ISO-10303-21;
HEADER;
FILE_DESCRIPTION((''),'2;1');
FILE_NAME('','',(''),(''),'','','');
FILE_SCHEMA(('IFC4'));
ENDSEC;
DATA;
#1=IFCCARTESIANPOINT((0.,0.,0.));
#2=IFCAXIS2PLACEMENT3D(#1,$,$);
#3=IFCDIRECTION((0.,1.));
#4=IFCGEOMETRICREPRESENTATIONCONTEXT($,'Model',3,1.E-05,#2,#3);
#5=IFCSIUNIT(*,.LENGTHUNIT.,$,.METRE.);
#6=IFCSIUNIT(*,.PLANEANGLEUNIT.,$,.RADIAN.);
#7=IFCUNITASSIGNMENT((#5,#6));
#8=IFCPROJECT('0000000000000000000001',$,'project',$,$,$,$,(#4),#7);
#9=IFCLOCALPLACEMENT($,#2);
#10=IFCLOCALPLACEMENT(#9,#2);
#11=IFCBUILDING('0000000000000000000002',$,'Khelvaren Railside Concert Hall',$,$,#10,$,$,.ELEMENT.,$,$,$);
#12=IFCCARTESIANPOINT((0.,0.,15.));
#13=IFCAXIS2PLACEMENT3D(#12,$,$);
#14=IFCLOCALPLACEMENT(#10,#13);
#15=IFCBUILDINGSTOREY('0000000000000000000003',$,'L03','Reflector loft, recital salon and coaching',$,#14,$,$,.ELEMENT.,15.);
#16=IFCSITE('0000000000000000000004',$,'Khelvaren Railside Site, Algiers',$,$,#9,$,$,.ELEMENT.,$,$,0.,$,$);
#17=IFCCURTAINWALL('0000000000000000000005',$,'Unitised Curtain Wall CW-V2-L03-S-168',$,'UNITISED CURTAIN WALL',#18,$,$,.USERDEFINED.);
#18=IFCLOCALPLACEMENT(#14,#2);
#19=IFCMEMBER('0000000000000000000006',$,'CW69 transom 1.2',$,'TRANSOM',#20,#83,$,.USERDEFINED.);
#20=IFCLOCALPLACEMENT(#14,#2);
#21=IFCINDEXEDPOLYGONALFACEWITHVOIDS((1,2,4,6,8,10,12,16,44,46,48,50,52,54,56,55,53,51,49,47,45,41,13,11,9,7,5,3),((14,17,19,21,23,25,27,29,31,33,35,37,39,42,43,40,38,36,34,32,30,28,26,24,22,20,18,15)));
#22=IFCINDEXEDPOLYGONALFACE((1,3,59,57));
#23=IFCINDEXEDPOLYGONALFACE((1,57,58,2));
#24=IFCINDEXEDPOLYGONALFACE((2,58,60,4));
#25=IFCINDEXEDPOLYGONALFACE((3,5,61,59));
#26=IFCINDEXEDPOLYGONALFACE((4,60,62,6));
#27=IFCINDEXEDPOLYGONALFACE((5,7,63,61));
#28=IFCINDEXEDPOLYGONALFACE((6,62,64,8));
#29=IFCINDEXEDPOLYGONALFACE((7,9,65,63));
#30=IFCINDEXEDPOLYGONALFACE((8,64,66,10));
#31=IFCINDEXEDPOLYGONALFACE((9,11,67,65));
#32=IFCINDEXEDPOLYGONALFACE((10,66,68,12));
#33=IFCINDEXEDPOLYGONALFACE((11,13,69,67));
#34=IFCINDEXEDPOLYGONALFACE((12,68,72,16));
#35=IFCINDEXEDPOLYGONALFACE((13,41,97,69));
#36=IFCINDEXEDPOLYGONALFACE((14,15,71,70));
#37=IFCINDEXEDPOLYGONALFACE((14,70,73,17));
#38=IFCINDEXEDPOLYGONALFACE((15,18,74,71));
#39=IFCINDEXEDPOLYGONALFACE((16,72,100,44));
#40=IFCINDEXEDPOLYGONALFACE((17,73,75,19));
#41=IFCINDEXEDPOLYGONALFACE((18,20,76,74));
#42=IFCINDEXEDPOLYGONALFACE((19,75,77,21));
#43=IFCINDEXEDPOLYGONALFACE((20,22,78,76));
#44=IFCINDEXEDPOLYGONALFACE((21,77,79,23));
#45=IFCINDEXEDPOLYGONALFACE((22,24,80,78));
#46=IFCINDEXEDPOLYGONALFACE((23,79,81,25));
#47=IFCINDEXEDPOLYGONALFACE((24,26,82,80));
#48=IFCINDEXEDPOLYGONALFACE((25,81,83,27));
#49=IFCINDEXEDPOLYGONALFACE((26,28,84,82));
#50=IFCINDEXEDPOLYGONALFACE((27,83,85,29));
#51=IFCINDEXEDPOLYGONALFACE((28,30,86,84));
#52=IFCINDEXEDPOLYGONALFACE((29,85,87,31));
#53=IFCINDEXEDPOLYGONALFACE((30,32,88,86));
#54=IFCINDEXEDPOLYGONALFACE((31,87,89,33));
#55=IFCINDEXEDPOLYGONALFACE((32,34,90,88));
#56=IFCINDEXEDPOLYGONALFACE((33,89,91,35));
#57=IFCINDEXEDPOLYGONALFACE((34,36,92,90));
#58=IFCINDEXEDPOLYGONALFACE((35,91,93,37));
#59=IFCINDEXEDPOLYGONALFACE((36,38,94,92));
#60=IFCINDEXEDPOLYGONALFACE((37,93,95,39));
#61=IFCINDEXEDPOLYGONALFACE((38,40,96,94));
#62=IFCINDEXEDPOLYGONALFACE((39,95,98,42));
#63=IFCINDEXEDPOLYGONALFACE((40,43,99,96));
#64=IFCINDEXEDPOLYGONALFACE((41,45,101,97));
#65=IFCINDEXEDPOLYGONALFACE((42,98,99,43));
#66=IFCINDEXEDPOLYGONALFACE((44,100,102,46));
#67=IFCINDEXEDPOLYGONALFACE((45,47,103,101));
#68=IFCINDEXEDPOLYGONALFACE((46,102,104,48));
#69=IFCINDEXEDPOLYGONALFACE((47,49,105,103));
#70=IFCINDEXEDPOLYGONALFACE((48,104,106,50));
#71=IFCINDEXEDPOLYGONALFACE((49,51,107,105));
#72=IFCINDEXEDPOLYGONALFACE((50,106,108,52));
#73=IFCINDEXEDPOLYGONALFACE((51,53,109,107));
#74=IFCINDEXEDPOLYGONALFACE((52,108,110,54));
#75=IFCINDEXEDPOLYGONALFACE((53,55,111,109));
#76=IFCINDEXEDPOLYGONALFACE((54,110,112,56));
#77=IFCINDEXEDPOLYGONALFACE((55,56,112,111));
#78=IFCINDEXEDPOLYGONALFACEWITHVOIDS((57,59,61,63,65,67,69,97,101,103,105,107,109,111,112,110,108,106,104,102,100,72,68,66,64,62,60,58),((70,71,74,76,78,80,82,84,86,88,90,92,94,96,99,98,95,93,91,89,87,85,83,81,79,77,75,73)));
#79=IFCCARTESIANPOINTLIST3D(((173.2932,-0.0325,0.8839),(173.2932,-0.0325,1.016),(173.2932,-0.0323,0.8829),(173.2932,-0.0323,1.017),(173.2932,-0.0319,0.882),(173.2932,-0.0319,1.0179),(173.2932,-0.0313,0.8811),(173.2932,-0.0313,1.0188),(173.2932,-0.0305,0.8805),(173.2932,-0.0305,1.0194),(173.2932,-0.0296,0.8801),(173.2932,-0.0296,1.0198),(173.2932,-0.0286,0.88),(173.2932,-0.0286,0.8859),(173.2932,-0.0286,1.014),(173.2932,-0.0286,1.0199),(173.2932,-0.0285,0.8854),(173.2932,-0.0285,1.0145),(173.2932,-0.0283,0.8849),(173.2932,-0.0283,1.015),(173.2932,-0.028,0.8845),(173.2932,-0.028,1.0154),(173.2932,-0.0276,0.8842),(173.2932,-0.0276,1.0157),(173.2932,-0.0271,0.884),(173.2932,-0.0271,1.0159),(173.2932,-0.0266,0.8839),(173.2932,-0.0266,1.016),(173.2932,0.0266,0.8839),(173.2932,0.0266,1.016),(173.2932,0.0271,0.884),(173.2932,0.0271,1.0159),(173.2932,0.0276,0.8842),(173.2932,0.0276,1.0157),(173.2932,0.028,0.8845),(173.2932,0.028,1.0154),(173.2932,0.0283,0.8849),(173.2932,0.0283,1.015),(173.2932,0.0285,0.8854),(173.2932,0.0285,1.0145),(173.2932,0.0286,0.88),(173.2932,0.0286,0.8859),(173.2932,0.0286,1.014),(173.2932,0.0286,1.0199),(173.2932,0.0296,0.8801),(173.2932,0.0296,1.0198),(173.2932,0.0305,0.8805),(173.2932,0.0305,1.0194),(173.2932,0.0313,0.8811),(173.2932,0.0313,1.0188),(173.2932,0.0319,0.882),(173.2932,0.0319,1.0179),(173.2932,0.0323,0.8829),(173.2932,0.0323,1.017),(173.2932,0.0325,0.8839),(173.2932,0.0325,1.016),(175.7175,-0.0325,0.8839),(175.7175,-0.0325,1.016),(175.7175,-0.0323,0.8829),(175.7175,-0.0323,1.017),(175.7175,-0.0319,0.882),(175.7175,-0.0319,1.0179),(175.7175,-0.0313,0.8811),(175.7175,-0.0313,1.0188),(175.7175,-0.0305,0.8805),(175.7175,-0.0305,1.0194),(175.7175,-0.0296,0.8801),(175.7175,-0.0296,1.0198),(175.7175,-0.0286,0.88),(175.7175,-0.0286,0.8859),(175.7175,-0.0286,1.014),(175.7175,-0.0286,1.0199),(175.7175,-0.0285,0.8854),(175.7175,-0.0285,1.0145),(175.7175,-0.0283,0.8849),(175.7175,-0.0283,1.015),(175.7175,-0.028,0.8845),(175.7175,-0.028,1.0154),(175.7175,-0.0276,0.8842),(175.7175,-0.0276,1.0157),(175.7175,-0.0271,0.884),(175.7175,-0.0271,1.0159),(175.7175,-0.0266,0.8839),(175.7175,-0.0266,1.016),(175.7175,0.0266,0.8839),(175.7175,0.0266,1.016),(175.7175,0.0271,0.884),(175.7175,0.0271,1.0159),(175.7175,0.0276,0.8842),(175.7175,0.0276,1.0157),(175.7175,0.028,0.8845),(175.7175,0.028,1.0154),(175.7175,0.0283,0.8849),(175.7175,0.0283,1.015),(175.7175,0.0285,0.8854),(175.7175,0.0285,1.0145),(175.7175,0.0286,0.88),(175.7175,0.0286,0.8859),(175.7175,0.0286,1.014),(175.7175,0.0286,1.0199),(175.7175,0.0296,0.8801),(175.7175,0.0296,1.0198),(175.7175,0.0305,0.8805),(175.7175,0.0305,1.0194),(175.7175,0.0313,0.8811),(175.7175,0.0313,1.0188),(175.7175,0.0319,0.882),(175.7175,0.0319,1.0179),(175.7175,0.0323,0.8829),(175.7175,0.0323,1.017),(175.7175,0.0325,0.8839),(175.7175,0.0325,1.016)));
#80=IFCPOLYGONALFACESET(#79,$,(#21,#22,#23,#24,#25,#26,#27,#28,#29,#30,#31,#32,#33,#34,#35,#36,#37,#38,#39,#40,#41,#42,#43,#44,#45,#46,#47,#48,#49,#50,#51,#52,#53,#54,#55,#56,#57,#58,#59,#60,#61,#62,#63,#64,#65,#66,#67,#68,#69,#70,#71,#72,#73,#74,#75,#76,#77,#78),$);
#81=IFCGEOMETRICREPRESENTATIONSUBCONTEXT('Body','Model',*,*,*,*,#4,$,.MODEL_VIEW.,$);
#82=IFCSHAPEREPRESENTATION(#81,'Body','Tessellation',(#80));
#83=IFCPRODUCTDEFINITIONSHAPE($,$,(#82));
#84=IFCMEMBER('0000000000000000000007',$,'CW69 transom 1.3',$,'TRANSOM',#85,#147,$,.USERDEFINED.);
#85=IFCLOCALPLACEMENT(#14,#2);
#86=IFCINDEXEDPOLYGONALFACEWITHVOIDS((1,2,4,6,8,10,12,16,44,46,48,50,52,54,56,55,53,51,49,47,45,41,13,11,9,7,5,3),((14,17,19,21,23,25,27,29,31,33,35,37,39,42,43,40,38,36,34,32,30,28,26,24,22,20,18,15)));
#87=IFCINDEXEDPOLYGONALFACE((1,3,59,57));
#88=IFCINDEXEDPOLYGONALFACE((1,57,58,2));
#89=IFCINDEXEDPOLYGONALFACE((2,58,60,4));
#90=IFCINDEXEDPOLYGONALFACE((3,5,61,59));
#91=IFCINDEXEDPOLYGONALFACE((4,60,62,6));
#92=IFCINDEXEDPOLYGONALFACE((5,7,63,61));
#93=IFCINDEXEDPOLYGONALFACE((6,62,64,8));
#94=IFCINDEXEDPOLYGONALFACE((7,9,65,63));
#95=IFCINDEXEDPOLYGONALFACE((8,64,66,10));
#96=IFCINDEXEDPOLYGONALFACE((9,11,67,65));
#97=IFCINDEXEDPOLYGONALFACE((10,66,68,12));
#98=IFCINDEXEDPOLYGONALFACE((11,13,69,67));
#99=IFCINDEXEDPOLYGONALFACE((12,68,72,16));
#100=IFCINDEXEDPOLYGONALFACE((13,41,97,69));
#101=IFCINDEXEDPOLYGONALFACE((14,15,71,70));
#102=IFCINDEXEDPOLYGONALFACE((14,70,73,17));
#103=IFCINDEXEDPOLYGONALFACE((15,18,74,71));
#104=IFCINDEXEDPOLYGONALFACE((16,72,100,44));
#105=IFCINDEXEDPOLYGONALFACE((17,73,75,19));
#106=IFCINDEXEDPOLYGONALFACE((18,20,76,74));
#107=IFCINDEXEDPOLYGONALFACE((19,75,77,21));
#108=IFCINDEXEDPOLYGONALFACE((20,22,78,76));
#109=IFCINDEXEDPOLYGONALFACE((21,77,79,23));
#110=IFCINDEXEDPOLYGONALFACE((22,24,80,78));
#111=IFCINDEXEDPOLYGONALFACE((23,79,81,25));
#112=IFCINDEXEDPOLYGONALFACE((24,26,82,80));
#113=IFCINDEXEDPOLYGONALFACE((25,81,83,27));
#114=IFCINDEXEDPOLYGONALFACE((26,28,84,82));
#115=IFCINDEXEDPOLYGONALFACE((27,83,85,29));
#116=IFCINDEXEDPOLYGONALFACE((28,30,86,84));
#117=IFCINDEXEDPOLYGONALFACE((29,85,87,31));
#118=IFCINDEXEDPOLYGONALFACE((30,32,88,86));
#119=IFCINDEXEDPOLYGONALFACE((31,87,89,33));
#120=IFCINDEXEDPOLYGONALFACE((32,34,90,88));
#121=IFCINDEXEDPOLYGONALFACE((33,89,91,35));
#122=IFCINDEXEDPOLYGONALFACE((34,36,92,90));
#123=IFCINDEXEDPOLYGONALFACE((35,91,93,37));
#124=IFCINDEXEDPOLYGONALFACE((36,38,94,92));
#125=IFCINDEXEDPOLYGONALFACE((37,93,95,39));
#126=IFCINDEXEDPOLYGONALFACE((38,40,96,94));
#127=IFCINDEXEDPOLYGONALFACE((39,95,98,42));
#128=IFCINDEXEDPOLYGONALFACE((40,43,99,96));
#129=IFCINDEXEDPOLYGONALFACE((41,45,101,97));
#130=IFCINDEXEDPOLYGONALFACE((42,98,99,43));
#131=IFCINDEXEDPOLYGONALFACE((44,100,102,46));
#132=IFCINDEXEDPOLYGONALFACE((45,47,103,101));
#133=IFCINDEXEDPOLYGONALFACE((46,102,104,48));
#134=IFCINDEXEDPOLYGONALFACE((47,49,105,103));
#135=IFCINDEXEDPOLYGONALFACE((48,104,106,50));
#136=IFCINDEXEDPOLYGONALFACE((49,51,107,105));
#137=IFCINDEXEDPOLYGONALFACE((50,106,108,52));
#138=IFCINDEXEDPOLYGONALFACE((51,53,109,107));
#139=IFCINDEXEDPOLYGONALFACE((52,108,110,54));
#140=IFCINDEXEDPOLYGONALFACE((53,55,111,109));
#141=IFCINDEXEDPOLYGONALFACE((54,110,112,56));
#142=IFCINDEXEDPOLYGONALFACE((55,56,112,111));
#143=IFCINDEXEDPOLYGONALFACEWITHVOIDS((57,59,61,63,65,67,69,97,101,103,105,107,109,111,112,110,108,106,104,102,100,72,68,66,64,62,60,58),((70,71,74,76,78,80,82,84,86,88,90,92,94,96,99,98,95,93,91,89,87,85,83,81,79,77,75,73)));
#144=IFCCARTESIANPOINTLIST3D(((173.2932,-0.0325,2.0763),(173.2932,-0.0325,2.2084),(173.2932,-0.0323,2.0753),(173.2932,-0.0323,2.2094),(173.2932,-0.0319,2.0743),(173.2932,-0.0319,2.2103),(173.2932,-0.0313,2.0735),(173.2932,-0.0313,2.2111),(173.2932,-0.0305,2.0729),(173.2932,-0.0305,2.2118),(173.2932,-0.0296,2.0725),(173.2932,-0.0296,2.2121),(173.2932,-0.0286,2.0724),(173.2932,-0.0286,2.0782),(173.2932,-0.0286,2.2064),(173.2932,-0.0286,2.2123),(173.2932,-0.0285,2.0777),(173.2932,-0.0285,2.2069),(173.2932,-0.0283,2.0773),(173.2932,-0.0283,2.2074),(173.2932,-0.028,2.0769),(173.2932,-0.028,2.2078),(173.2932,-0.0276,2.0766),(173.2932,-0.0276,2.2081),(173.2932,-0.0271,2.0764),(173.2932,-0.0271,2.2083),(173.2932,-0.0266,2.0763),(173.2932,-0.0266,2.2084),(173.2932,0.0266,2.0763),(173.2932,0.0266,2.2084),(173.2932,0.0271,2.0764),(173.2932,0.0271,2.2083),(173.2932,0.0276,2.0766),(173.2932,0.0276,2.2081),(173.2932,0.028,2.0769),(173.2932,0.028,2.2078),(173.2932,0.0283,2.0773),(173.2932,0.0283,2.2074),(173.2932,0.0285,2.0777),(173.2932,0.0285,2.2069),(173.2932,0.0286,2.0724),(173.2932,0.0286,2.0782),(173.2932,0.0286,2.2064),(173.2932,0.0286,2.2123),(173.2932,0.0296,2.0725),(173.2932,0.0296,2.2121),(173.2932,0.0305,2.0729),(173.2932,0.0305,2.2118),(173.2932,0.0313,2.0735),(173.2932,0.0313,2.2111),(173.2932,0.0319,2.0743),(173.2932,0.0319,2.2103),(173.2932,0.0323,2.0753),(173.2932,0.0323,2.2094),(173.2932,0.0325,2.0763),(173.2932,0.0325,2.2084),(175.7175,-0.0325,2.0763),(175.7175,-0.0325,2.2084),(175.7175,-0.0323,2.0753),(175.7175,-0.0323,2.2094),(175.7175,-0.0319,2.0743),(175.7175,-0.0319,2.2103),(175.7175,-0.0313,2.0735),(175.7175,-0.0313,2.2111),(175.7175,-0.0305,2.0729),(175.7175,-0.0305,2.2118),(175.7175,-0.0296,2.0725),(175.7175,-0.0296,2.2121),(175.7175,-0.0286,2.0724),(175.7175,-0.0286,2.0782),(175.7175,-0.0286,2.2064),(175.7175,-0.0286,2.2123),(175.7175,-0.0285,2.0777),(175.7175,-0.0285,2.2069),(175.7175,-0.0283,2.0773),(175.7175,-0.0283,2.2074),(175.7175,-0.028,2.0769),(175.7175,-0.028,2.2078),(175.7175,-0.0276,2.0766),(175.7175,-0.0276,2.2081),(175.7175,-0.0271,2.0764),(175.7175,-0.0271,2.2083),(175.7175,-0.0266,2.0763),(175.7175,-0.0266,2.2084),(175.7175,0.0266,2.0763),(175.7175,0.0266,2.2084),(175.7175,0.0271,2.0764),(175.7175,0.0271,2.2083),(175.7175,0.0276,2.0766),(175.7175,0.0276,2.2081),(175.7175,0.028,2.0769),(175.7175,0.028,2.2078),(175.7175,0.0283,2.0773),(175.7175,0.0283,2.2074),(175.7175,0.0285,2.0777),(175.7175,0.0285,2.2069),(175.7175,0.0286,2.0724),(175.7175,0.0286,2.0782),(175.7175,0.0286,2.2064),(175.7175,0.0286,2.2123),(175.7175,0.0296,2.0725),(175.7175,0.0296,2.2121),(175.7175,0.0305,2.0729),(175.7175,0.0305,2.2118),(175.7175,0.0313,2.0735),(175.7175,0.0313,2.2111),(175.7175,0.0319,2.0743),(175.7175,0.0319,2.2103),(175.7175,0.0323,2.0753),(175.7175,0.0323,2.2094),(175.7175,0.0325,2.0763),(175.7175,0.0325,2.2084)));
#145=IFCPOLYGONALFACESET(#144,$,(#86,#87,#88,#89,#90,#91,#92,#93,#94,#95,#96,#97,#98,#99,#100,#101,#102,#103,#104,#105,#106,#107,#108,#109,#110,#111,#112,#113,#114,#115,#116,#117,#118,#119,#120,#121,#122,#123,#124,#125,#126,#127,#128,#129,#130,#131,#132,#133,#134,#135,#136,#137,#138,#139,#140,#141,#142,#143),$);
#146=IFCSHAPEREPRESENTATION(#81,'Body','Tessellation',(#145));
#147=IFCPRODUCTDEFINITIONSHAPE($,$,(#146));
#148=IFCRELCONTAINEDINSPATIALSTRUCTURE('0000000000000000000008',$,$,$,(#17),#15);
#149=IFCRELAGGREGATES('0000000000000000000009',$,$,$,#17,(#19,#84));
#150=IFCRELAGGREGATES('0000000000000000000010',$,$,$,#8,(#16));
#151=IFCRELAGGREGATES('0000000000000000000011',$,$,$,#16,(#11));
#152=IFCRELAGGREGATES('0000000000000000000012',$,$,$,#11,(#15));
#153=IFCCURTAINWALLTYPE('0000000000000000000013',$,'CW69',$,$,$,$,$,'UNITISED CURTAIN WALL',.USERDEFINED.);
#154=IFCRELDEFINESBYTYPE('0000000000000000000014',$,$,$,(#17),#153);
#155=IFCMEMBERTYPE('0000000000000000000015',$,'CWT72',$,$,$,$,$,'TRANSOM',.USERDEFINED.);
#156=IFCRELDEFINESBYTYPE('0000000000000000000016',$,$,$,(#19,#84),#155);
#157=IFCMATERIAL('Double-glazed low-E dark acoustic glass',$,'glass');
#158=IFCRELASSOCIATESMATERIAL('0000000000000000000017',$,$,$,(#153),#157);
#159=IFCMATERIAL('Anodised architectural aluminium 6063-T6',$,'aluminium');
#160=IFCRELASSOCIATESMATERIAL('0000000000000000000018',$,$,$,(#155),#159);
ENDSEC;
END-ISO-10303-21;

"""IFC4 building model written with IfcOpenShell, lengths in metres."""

from ifc_helpers import new_model, si_unit, direction, frame, origin, origin_2d, place, context, subcontext, project, spatial, hollow_rectangle, extrude, material, material_profile, profile_set, type_object, element, aggregate, save


model = new_model("IFC4")

# Units and contexts
model_context = context("Model", 3, precision=1e-05, world=origin(), true_north=direction((0.0, 1.0)))
body_context = subcontext(model_context, "Body", "Model", "MODEL_VIEW")
ifc_project = project(units=[si_unit("LENGTHUNIT", "METRE"), si_unit("PLANEANGLEUNIT", "RADIAN")], contexts=[model_context])

# Site, building, storey
site_placement = place(None, origin())
site = spatial("IfcSite", under=ifc_project, at=site_placement, Name="Khelvaren Railside Site, Algiers", CompositionType="ELEMENT", RefElevation=0.0)
building_placement = place(site_placement, origin())
building = spatial("IfcBuilding", under=site, at=building_placement, Name="Khelvaren Railside Concert Hall", CompositionType="ELEMENT")
storey_placement = place(building_placement, frame((0.0, 0.0, 15.0)))
storey = spatial("IfcBuildingStorey", under=building, at=storey_placement, Name="L03", Description="Reflector loft, recital salon and coaching", CompositionType="ELEMENT", Elevation=15.0)

# Curtain wall
ifc_material_1 = material(Name="Double-glazed low-E dark acoustic glass", Category="glass")
curtain_wall_type_1 = type_object("IfcCurtainWallType", Name="CW69", ElementType="UNITISED CURTAIN WALL", PredefinedType="USERDEFINED", material=ifc_material_1)
curtain_wall_1_placement = place(storey_placement, origin())
curtain_wall_1 = element("IfcCurtainWall", 1, at=curtain_wall_1_placement, inside=storey, type_object=curtain_wall_type_1, Name="Unitised Curtain Wall CW-V2-L03-S-168", ObjectType="UNITISED CURTAIN WALL", PredefinedType="USERDEFINED")
ifc_material_2 = material(Name="Anodised architectural aluminium 6063-T6", Category="aluminium")

# Members
ifc_material_profile_1 = material_profile(ifc_material_2, hollow_rectangle(XDim=0.0649, YDim=0.1399, WallThickness=0.0039, InnerFilletRadius=0.002, OuterFilletRadius=0.0039, at=origin_2d()), Name="CWT 65x140x4")
ifc_profile_set_1 = profile_set([ifc_material_profile_1], Name="Anodised architectural aluminium 6063-T6")
member_type_1 = type_object("IfcMemberType", Name="CWT72", ElementType="TRANSOM", PredefinedType="USERDEFINED", material=ifc_profile_set_1)
member_1_placement = place(storey_placement, frame((175.7175, 0.0, 0.95), z_axis=(-1.0, 0.0, 0.0), x_axis=(0.0, -1.0, 0.0)))
member_1 = element("IfcMember", 2, at=member_1_placement, type_object=member_type_1, Name="CW69 transom 1.2", ObjectType="TRANSOM", PredefinedType="USERDEFINED", context=body_context, shape_type="SweptSolid", body=[
    extrude(hollow_rectangle(XDim=0.0649, YDim=0.1399, WallThickness=0.0039, InnerFilletRadius=0.002, OuterFilletRadius=0.0039, at=origin_2d()), origin(), (0.0, 0.0, 1.0), 2.4243),
])
member_2_placement = place(storey_placement, frame((175.7175, 0.0, 2.1423), z_axis=(-1.0, 0.0, 0.0), x_axis=(0.0, -1.0, 0.0)))
member_2 = element("IfcMember", 3, at=member_2_placement, type_object=member_type_1, Name="CW69 transom 1.3", ObjectType="TRANSOM", PredefinedType="USERDEFINED", context=body_context, shape_type="SweptSolid", body=[
    extrude(hollow_rectangle(XDim=0.0649, YDim=0.1399, WallThickness=0.0039, InnerFilletRadius=0.002, OuterFilletRadius=0.0039, at=origin_2d()), origin(), (0.0, 0.0, 1.0), 2.4243),
])

aggregate(curtain_wall_1, [member_1, member_2])

save(model, "model.ifc")
